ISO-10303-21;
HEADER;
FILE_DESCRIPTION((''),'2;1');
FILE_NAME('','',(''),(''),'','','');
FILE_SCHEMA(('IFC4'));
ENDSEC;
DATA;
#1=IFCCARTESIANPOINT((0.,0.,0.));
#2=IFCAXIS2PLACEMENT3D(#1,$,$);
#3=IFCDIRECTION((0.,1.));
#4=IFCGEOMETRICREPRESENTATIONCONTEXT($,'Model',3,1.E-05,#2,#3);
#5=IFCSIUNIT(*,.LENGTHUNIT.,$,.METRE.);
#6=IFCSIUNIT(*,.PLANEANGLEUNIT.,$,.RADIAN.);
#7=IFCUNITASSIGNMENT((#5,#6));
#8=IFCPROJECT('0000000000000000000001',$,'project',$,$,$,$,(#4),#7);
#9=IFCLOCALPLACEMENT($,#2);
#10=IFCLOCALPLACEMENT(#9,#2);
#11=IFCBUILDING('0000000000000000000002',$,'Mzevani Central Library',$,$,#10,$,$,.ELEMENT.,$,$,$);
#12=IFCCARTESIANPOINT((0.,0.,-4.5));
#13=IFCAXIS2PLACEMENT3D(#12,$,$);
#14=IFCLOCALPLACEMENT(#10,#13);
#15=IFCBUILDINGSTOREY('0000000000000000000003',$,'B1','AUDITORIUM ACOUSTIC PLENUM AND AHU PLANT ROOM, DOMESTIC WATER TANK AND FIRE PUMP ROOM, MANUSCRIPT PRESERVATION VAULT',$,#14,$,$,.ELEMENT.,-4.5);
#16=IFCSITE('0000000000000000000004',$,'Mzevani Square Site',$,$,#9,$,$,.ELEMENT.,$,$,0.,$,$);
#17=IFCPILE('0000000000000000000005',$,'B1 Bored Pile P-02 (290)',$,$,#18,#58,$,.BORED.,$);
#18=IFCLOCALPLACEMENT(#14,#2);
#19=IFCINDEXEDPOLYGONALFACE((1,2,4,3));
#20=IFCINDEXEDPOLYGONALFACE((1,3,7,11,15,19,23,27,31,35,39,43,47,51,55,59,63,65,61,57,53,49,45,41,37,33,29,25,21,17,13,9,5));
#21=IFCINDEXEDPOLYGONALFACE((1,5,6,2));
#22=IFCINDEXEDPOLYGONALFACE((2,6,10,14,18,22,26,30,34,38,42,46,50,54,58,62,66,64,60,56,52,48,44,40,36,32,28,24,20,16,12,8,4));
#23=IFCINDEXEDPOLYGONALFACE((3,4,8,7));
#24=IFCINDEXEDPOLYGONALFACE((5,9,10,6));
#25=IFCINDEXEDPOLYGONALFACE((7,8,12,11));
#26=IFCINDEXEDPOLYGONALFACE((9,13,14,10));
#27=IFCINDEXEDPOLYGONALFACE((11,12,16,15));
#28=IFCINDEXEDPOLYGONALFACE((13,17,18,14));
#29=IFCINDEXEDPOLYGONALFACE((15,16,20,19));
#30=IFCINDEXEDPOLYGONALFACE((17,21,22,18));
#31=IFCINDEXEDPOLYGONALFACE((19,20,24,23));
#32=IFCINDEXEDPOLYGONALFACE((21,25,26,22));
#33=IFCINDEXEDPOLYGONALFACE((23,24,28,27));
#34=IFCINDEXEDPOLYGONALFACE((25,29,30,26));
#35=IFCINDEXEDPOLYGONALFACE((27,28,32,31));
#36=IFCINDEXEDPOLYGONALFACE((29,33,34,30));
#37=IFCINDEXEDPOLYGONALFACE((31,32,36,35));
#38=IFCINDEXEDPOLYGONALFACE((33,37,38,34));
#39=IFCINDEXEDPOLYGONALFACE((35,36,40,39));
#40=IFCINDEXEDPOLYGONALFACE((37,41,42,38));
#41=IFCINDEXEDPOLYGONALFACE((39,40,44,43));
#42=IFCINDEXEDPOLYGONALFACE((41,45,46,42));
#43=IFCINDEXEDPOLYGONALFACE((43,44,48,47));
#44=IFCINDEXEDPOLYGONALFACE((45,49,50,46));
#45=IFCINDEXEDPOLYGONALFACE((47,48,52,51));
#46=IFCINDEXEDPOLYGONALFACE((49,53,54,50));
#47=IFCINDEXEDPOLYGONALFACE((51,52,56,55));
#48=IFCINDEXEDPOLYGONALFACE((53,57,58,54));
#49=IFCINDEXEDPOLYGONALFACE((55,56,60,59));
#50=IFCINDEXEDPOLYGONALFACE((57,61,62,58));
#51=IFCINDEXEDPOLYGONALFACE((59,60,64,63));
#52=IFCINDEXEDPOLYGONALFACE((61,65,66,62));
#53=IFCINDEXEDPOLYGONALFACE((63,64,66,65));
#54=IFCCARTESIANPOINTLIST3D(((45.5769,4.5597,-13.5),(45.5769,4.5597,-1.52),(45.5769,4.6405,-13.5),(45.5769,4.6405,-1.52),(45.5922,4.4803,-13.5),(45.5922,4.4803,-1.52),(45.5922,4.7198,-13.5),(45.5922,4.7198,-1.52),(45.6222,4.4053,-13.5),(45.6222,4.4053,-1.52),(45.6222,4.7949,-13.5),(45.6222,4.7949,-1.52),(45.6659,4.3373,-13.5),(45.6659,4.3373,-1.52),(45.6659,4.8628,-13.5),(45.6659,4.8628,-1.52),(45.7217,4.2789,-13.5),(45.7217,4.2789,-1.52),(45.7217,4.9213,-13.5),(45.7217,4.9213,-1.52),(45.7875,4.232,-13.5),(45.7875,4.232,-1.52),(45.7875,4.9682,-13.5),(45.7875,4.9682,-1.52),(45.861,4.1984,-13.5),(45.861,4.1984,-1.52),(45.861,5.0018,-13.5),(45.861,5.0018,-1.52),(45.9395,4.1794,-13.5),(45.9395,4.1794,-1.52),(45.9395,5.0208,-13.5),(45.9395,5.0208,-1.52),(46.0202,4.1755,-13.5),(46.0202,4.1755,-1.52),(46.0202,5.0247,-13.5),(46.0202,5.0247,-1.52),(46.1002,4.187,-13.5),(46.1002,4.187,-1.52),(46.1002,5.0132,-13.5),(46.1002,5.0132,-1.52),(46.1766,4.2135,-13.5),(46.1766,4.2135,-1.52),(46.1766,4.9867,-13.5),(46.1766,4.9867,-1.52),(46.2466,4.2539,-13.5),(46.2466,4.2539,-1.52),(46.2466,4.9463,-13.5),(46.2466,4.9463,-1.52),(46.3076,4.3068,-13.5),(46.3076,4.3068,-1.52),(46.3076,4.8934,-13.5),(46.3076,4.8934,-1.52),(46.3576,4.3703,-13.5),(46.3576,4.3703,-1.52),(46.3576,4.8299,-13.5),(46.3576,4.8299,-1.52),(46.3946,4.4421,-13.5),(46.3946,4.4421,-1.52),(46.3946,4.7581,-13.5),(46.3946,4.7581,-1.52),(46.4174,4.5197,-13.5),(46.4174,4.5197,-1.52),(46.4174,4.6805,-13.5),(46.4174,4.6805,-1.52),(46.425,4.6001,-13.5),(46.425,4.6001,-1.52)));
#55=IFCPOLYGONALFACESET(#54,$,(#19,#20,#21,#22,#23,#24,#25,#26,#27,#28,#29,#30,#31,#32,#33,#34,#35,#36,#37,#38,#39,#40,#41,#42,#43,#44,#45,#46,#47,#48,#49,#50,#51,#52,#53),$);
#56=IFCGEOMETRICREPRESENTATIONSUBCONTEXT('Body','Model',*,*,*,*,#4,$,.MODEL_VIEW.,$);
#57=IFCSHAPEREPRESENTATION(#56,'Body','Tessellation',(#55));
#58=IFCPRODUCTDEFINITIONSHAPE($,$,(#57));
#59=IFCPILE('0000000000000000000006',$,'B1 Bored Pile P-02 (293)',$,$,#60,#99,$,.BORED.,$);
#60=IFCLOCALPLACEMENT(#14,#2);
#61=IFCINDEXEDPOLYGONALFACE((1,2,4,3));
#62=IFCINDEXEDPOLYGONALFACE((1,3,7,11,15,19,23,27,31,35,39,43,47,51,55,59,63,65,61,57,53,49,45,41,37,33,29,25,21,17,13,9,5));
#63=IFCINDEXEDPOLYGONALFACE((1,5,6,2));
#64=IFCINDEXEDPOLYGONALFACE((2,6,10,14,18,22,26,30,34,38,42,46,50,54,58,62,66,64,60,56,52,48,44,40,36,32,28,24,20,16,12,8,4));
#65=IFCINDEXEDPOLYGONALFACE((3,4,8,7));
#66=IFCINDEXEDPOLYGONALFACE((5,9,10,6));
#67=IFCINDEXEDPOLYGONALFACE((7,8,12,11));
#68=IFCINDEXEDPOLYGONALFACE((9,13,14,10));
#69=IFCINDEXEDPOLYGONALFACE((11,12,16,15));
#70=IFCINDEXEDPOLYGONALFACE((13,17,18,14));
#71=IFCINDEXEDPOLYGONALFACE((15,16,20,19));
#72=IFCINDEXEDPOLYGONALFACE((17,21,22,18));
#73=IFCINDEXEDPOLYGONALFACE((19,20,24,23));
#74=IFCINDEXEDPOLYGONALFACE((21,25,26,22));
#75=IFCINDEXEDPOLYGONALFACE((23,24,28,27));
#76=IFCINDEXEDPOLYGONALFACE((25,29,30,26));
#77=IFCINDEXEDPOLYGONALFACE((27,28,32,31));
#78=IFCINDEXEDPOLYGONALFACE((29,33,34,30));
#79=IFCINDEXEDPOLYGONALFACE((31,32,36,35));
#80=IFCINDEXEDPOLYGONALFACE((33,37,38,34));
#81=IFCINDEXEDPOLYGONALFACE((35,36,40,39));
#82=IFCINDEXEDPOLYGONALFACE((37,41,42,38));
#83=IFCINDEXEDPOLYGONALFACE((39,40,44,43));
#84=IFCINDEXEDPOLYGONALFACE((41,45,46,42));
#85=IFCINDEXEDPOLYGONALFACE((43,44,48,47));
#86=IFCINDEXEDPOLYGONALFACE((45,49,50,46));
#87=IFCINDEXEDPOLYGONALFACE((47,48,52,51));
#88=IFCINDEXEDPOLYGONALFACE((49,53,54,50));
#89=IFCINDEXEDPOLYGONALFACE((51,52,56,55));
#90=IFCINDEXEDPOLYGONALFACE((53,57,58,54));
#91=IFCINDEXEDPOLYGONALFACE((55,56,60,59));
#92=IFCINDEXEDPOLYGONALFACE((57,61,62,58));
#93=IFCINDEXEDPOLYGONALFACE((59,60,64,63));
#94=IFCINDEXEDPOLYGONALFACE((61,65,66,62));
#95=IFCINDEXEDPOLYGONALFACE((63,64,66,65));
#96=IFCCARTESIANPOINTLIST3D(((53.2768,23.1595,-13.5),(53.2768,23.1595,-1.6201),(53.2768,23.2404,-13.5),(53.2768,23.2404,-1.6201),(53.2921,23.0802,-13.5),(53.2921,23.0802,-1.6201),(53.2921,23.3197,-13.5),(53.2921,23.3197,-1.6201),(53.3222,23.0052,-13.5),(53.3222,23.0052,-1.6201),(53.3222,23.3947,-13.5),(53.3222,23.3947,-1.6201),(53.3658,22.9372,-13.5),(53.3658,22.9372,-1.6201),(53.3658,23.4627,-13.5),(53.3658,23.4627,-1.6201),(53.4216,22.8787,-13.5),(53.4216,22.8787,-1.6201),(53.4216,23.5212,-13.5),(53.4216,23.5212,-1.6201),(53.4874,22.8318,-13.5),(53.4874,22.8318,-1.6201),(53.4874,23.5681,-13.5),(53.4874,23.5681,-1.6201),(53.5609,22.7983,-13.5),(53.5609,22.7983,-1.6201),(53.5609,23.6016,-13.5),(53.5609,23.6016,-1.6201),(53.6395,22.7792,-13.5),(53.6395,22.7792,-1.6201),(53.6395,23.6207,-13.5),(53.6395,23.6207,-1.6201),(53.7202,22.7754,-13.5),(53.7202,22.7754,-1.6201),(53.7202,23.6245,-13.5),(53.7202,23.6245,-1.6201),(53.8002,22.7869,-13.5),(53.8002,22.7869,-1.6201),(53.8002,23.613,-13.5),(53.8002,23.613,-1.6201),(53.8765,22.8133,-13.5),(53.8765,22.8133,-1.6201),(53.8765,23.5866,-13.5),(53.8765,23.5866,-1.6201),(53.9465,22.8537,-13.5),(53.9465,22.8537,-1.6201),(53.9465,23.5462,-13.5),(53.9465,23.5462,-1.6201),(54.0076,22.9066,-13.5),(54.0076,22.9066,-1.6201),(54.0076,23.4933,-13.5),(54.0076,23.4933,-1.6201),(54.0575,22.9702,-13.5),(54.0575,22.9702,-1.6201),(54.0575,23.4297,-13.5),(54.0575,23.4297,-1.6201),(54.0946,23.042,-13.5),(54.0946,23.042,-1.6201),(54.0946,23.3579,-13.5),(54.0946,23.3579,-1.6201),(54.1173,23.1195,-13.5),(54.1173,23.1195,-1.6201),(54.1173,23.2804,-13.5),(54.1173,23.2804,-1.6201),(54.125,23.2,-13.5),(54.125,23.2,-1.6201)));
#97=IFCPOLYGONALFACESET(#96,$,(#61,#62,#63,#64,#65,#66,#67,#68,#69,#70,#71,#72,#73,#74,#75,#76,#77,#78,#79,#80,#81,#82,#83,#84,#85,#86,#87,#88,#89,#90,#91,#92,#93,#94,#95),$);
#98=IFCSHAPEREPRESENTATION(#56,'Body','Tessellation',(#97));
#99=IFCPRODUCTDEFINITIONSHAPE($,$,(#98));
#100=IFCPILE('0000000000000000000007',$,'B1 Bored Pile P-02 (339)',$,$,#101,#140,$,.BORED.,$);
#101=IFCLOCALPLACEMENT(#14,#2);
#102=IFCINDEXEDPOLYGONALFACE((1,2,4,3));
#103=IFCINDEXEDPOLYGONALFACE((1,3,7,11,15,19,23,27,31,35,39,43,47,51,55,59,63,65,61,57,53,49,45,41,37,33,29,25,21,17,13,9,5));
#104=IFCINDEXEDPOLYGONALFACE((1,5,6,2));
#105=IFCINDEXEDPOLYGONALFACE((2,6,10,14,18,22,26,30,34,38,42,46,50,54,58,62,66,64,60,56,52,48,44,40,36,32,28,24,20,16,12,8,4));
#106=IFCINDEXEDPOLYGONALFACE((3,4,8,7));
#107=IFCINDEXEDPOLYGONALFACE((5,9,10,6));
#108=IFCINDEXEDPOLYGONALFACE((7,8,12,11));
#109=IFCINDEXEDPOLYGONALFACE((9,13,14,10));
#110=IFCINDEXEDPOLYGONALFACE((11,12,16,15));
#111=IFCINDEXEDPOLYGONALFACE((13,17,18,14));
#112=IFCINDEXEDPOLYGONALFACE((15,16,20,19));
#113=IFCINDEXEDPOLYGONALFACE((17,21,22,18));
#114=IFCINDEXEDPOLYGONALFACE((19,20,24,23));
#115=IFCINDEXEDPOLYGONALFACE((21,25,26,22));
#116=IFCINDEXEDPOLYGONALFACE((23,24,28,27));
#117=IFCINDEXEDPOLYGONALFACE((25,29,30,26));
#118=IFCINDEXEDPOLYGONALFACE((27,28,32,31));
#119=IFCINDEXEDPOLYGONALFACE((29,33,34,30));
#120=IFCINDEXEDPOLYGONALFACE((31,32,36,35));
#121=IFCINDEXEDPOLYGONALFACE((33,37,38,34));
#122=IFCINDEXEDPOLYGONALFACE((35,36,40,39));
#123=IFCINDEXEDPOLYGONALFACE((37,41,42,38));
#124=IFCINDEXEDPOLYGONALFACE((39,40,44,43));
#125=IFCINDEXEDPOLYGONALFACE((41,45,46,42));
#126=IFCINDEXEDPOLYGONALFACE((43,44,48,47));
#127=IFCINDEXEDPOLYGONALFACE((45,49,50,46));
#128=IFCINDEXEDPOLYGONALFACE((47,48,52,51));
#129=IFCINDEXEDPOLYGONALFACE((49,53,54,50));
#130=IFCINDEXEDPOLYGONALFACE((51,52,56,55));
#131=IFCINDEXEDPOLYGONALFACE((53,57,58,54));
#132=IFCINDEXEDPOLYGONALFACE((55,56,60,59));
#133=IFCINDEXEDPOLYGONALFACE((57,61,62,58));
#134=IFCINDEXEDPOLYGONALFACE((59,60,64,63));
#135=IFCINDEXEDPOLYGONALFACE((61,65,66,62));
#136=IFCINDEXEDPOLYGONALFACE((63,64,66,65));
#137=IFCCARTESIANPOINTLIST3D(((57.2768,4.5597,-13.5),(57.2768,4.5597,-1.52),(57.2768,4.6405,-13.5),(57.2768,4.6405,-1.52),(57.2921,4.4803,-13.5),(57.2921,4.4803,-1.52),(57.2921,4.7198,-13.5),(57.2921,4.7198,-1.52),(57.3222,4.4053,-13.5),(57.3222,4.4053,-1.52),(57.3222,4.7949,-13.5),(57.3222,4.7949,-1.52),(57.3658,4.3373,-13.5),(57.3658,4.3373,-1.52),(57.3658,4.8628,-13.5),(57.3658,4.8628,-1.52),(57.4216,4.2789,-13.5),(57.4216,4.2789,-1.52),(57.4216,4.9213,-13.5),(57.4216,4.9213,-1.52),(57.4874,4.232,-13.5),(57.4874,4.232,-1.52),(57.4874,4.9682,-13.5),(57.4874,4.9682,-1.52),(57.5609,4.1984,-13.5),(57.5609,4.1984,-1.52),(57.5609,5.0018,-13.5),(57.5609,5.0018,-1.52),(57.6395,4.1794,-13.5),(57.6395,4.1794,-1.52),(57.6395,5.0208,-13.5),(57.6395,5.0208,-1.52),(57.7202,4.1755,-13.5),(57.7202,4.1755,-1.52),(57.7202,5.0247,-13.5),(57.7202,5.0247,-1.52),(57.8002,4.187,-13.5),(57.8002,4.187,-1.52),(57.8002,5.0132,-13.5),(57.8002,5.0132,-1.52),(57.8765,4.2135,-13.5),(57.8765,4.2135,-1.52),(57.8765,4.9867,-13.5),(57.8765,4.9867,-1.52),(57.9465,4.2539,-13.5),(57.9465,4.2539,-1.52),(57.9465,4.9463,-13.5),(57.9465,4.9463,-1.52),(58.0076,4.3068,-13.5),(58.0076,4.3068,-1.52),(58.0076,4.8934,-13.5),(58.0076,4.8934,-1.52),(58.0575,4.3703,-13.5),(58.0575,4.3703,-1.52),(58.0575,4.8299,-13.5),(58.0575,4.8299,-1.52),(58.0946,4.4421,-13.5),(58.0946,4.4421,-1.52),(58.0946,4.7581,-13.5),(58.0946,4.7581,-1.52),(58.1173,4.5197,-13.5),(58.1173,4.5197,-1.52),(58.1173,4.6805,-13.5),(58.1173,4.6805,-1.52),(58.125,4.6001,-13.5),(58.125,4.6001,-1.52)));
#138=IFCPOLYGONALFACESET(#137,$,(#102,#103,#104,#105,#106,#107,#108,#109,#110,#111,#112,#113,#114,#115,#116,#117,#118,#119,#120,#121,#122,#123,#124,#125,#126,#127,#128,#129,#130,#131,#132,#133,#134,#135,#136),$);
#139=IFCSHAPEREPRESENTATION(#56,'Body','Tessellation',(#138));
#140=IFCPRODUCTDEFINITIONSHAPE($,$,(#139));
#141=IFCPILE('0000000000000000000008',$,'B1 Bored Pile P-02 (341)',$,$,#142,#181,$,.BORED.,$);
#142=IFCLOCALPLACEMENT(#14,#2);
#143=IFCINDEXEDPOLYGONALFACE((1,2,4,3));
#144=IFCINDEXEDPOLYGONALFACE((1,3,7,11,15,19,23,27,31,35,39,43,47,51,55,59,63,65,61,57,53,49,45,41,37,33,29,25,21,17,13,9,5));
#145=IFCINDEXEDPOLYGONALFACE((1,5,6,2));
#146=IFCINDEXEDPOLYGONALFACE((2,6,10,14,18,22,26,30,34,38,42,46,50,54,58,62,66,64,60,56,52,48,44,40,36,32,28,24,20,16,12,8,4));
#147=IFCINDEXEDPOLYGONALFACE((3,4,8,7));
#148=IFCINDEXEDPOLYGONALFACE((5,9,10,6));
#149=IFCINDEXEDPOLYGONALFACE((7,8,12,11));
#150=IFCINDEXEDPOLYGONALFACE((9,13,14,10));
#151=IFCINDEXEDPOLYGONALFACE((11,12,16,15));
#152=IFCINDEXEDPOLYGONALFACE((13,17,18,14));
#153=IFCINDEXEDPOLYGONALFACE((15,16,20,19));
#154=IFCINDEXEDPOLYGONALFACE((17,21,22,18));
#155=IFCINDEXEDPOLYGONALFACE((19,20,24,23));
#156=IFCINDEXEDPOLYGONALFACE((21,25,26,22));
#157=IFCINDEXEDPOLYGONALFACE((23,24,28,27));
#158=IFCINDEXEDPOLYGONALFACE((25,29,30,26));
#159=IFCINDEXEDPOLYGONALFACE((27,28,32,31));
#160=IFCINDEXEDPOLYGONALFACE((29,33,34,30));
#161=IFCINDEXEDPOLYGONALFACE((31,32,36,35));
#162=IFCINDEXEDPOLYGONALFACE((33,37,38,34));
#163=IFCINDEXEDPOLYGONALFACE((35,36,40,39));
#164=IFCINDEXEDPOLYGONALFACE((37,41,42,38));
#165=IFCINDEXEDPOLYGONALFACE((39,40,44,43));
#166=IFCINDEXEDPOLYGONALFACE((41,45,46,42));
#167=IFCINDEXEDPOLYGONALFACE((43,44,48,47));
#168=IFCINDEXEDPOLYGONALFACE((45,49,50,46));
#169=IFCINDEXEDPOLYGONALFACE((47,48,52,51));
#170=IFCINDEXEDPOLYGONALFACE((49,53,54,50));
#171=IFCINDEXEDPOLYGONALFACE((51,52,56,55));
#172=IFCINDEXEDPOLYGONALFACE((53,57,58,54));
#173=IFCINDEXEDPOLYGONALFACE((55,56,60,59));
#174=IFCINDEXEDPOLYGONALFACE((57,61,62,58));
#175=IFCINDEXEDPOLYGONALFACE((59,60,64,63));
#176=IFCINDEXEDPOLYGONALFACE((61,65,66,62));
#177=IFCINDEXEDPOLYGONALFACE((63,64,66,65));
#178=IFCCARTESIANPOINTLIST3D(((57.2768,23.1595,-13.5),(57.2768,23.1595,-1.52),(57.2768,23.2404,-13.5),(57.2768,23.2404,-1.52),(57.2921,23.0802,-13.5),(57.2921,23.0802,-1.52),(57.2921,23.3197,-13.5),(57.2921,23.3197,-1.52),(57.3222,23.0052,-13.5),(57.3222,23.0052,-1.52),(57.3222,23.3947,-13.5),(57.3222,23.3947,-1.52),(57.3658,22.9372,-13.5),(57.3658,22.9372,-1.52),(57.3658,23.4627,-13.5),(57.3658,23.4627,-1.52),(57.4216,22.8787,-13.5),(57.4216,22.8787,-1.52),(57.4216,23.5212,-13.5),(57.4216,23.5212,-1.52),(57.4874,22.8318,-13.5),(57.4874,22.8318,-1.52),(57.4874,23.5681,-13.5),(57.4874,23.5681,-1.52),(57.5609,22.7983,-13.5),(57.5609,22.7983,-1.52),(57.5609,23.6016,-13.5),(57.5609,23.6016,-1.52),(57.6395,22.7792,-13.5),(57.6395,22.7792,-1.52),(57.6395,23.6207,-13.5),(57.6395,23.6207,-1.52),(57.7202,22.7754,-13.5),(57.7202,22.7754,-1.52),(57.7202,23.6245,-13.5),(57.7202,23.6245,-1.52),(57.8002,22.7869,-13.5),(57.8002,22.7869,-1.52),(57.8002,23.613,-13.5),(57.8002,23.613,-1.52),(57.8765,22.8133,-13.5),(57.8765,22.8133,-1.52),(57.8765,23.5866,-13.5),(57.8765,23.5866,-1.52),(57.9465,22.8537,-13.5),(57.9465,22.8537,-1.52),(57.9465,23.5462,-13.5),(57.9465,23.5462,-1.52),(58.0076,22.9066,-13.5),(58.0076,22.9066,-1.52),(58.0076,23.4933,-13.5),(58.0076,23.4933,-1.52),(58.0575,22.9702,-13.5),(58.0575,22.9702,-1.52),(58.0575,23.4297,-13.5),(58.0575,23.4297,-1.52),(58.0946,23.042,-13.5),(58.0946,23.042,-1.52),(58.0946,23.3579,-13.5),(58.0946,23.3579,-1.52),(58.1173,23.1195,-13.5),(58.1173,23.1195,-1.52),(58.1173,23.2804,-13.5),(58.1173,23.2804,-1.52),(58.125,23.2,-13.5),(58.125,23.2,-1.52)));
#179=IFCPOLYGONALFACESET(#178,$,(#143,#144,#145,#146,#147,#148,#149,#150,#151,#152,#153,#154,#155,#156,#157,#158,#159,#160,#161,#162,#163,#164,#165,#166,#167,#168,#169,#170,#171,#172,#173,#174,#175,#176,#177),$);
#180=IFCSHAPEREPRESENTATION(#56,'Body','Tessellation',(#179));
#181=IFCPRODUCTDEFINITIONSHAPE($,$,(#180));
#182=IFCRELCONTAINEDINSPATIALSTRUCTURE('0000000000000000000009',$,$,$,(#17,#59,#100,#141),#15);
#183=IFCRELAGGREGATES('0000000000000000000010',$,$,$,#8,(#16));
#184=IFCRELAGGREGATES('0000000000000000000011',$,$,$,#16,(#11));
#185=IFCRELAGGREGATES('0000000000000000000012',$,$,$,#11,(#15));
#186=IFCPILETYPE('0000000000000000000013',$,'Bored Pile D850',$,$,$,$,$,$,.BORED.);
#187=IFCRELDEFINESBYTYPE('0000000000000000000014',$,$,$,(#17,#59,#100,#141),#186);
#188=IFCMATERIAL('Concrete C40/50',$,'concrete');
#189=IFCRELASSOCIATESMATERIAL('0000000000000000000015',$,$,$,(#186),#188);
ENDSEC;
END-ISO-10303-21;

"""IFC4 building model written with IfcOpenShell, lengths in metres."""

from ifc_helpers import new_model, si_unit, direction, frame, origin, origin_2d, place, context, subcontext, project, spatial, circle, extrude, material, material_profile, profile_set, type_object, element, save


model = new_model("IFC4")

# Units and contexts
model_context = context("Model", 3, precision=1e-05, world=origin(), true_north=direction((0.0, 1.0)))
body_context = subcontext(model_context, "Body", "Model", "MODEL_VIEW")
ifc_project = project(units=[si_unit("LENGTHUNIT", "METRE"), si_unit("PLANEANGLEUNIT", "RADIAN")], contexts=[model_context])

# Site, building, storey
site_placement = place(None, origin())
site = spatial("IfcSite", under=ifc_project, at=site_placement, Name="Mzevani Square Site", CompositionType="ELEMENT", RefElevation=0.0)
building_placement = place(site_placement, origin())
building = spatial("IfcBuilding", under=site, at=building_placement, Name="Mzevani Central Library", CompositionType="ELEMENT")
storey_placement = place(building_placement, frame((0.0, 0.0, -4.5)))
storey = spatial("IfcBuildingStorey", under=building, at=storey_placement, Name="B1", Description="AUDITORIUM ACOUSTIC PLENUM AND AHU PLANT ROOM, DOMESTIC WATER TANK AND FIRE PUMP ROOM, MANUSCRIPT PRESERVATION VAULT", CompositionType="ELEMENT", Elevation=-4.5)

# Piles
ifc_material_1 = material(Name="Concrete C40/50", Category="concrete")
ifc_material_profile_1 = material_profile(ifc_material_1, circle(Radius=0.425, at=origin_2d()), Name="PILE D850")
ifc_profile_set_1 = profile_set([ifc_material_profile_1], Name="Concrete C40/50")
pile_type_1 = type_object("IfcPileType", Name="Bored Pile D850", PredefinedType="BORED", material=ifc_profile_set_1)
pile_1_placement = place(storey_placement, frame((46.0, 4.6001, -1.52), z_axis=(0.0, 0.0, -1.0), x_axis=(1.0, 0.0, 0.0)))
element("IfcPile", 1, at=pile_1_placement, inside=storey, type_object=pile_type_1, Name="B1 Bored Pile P-02 (290)", PredefinedType="BORED", context=body_context, shape_type="SweptSolid", body=[
    extrude(circle(Radius=0.425, at=origin_2d()), origin(), (0.0, 0.0, 1.0), 11.98),
])
pile_2_placement = place(storey_placement, frame((53.7, 23.2, -1.6201), z_axis=(0.0, 0.0, -1.0), x_axis=(1.0, 0.0, 0.0)))
element("IfcPile", 2, at=pile_2_placement, inside=storey, type_object=pile_type_1, Name="B1 Bored Pile P-02 (293)", PredefinedType="BORED", context=body_context, shape_type="SweptSolid", body=[
    extrude(circle(Radius=0.425, at=origin_2d()), origin(), (0.0, 0.0, 1.0), 11.8799),
])
for number, where, z_axis, x_axis, name in (
    (3, (57.7, 4.6001, -1.52), (0.0, 0.0, -1.0), (1.0, 0.0, 0.0), "B1 Bored Pile P-02 (339)"),
    (4, (57.7, 23.2, -1.52), (0.0, 0.0, -1.0), (1.0, 0.0, 0.0), "B1 Bored Pile P-02 (341)"),
):
    element("IfcPile", number, at=place(storey_placement, frame(where, z_axis=z_axis, x_axis=x_axis)), inside=storey, type_object=pile_type_1, Name=name, PredefinedType="BORED", context=body_context, shape_type="SweptSolid", body=[
        extrude(circle(Radius=0.425, at=origin_2d()), origin(), (0.0, 0.0, 1.0), 11.98),
    ])

save(model, "model.ifc")
